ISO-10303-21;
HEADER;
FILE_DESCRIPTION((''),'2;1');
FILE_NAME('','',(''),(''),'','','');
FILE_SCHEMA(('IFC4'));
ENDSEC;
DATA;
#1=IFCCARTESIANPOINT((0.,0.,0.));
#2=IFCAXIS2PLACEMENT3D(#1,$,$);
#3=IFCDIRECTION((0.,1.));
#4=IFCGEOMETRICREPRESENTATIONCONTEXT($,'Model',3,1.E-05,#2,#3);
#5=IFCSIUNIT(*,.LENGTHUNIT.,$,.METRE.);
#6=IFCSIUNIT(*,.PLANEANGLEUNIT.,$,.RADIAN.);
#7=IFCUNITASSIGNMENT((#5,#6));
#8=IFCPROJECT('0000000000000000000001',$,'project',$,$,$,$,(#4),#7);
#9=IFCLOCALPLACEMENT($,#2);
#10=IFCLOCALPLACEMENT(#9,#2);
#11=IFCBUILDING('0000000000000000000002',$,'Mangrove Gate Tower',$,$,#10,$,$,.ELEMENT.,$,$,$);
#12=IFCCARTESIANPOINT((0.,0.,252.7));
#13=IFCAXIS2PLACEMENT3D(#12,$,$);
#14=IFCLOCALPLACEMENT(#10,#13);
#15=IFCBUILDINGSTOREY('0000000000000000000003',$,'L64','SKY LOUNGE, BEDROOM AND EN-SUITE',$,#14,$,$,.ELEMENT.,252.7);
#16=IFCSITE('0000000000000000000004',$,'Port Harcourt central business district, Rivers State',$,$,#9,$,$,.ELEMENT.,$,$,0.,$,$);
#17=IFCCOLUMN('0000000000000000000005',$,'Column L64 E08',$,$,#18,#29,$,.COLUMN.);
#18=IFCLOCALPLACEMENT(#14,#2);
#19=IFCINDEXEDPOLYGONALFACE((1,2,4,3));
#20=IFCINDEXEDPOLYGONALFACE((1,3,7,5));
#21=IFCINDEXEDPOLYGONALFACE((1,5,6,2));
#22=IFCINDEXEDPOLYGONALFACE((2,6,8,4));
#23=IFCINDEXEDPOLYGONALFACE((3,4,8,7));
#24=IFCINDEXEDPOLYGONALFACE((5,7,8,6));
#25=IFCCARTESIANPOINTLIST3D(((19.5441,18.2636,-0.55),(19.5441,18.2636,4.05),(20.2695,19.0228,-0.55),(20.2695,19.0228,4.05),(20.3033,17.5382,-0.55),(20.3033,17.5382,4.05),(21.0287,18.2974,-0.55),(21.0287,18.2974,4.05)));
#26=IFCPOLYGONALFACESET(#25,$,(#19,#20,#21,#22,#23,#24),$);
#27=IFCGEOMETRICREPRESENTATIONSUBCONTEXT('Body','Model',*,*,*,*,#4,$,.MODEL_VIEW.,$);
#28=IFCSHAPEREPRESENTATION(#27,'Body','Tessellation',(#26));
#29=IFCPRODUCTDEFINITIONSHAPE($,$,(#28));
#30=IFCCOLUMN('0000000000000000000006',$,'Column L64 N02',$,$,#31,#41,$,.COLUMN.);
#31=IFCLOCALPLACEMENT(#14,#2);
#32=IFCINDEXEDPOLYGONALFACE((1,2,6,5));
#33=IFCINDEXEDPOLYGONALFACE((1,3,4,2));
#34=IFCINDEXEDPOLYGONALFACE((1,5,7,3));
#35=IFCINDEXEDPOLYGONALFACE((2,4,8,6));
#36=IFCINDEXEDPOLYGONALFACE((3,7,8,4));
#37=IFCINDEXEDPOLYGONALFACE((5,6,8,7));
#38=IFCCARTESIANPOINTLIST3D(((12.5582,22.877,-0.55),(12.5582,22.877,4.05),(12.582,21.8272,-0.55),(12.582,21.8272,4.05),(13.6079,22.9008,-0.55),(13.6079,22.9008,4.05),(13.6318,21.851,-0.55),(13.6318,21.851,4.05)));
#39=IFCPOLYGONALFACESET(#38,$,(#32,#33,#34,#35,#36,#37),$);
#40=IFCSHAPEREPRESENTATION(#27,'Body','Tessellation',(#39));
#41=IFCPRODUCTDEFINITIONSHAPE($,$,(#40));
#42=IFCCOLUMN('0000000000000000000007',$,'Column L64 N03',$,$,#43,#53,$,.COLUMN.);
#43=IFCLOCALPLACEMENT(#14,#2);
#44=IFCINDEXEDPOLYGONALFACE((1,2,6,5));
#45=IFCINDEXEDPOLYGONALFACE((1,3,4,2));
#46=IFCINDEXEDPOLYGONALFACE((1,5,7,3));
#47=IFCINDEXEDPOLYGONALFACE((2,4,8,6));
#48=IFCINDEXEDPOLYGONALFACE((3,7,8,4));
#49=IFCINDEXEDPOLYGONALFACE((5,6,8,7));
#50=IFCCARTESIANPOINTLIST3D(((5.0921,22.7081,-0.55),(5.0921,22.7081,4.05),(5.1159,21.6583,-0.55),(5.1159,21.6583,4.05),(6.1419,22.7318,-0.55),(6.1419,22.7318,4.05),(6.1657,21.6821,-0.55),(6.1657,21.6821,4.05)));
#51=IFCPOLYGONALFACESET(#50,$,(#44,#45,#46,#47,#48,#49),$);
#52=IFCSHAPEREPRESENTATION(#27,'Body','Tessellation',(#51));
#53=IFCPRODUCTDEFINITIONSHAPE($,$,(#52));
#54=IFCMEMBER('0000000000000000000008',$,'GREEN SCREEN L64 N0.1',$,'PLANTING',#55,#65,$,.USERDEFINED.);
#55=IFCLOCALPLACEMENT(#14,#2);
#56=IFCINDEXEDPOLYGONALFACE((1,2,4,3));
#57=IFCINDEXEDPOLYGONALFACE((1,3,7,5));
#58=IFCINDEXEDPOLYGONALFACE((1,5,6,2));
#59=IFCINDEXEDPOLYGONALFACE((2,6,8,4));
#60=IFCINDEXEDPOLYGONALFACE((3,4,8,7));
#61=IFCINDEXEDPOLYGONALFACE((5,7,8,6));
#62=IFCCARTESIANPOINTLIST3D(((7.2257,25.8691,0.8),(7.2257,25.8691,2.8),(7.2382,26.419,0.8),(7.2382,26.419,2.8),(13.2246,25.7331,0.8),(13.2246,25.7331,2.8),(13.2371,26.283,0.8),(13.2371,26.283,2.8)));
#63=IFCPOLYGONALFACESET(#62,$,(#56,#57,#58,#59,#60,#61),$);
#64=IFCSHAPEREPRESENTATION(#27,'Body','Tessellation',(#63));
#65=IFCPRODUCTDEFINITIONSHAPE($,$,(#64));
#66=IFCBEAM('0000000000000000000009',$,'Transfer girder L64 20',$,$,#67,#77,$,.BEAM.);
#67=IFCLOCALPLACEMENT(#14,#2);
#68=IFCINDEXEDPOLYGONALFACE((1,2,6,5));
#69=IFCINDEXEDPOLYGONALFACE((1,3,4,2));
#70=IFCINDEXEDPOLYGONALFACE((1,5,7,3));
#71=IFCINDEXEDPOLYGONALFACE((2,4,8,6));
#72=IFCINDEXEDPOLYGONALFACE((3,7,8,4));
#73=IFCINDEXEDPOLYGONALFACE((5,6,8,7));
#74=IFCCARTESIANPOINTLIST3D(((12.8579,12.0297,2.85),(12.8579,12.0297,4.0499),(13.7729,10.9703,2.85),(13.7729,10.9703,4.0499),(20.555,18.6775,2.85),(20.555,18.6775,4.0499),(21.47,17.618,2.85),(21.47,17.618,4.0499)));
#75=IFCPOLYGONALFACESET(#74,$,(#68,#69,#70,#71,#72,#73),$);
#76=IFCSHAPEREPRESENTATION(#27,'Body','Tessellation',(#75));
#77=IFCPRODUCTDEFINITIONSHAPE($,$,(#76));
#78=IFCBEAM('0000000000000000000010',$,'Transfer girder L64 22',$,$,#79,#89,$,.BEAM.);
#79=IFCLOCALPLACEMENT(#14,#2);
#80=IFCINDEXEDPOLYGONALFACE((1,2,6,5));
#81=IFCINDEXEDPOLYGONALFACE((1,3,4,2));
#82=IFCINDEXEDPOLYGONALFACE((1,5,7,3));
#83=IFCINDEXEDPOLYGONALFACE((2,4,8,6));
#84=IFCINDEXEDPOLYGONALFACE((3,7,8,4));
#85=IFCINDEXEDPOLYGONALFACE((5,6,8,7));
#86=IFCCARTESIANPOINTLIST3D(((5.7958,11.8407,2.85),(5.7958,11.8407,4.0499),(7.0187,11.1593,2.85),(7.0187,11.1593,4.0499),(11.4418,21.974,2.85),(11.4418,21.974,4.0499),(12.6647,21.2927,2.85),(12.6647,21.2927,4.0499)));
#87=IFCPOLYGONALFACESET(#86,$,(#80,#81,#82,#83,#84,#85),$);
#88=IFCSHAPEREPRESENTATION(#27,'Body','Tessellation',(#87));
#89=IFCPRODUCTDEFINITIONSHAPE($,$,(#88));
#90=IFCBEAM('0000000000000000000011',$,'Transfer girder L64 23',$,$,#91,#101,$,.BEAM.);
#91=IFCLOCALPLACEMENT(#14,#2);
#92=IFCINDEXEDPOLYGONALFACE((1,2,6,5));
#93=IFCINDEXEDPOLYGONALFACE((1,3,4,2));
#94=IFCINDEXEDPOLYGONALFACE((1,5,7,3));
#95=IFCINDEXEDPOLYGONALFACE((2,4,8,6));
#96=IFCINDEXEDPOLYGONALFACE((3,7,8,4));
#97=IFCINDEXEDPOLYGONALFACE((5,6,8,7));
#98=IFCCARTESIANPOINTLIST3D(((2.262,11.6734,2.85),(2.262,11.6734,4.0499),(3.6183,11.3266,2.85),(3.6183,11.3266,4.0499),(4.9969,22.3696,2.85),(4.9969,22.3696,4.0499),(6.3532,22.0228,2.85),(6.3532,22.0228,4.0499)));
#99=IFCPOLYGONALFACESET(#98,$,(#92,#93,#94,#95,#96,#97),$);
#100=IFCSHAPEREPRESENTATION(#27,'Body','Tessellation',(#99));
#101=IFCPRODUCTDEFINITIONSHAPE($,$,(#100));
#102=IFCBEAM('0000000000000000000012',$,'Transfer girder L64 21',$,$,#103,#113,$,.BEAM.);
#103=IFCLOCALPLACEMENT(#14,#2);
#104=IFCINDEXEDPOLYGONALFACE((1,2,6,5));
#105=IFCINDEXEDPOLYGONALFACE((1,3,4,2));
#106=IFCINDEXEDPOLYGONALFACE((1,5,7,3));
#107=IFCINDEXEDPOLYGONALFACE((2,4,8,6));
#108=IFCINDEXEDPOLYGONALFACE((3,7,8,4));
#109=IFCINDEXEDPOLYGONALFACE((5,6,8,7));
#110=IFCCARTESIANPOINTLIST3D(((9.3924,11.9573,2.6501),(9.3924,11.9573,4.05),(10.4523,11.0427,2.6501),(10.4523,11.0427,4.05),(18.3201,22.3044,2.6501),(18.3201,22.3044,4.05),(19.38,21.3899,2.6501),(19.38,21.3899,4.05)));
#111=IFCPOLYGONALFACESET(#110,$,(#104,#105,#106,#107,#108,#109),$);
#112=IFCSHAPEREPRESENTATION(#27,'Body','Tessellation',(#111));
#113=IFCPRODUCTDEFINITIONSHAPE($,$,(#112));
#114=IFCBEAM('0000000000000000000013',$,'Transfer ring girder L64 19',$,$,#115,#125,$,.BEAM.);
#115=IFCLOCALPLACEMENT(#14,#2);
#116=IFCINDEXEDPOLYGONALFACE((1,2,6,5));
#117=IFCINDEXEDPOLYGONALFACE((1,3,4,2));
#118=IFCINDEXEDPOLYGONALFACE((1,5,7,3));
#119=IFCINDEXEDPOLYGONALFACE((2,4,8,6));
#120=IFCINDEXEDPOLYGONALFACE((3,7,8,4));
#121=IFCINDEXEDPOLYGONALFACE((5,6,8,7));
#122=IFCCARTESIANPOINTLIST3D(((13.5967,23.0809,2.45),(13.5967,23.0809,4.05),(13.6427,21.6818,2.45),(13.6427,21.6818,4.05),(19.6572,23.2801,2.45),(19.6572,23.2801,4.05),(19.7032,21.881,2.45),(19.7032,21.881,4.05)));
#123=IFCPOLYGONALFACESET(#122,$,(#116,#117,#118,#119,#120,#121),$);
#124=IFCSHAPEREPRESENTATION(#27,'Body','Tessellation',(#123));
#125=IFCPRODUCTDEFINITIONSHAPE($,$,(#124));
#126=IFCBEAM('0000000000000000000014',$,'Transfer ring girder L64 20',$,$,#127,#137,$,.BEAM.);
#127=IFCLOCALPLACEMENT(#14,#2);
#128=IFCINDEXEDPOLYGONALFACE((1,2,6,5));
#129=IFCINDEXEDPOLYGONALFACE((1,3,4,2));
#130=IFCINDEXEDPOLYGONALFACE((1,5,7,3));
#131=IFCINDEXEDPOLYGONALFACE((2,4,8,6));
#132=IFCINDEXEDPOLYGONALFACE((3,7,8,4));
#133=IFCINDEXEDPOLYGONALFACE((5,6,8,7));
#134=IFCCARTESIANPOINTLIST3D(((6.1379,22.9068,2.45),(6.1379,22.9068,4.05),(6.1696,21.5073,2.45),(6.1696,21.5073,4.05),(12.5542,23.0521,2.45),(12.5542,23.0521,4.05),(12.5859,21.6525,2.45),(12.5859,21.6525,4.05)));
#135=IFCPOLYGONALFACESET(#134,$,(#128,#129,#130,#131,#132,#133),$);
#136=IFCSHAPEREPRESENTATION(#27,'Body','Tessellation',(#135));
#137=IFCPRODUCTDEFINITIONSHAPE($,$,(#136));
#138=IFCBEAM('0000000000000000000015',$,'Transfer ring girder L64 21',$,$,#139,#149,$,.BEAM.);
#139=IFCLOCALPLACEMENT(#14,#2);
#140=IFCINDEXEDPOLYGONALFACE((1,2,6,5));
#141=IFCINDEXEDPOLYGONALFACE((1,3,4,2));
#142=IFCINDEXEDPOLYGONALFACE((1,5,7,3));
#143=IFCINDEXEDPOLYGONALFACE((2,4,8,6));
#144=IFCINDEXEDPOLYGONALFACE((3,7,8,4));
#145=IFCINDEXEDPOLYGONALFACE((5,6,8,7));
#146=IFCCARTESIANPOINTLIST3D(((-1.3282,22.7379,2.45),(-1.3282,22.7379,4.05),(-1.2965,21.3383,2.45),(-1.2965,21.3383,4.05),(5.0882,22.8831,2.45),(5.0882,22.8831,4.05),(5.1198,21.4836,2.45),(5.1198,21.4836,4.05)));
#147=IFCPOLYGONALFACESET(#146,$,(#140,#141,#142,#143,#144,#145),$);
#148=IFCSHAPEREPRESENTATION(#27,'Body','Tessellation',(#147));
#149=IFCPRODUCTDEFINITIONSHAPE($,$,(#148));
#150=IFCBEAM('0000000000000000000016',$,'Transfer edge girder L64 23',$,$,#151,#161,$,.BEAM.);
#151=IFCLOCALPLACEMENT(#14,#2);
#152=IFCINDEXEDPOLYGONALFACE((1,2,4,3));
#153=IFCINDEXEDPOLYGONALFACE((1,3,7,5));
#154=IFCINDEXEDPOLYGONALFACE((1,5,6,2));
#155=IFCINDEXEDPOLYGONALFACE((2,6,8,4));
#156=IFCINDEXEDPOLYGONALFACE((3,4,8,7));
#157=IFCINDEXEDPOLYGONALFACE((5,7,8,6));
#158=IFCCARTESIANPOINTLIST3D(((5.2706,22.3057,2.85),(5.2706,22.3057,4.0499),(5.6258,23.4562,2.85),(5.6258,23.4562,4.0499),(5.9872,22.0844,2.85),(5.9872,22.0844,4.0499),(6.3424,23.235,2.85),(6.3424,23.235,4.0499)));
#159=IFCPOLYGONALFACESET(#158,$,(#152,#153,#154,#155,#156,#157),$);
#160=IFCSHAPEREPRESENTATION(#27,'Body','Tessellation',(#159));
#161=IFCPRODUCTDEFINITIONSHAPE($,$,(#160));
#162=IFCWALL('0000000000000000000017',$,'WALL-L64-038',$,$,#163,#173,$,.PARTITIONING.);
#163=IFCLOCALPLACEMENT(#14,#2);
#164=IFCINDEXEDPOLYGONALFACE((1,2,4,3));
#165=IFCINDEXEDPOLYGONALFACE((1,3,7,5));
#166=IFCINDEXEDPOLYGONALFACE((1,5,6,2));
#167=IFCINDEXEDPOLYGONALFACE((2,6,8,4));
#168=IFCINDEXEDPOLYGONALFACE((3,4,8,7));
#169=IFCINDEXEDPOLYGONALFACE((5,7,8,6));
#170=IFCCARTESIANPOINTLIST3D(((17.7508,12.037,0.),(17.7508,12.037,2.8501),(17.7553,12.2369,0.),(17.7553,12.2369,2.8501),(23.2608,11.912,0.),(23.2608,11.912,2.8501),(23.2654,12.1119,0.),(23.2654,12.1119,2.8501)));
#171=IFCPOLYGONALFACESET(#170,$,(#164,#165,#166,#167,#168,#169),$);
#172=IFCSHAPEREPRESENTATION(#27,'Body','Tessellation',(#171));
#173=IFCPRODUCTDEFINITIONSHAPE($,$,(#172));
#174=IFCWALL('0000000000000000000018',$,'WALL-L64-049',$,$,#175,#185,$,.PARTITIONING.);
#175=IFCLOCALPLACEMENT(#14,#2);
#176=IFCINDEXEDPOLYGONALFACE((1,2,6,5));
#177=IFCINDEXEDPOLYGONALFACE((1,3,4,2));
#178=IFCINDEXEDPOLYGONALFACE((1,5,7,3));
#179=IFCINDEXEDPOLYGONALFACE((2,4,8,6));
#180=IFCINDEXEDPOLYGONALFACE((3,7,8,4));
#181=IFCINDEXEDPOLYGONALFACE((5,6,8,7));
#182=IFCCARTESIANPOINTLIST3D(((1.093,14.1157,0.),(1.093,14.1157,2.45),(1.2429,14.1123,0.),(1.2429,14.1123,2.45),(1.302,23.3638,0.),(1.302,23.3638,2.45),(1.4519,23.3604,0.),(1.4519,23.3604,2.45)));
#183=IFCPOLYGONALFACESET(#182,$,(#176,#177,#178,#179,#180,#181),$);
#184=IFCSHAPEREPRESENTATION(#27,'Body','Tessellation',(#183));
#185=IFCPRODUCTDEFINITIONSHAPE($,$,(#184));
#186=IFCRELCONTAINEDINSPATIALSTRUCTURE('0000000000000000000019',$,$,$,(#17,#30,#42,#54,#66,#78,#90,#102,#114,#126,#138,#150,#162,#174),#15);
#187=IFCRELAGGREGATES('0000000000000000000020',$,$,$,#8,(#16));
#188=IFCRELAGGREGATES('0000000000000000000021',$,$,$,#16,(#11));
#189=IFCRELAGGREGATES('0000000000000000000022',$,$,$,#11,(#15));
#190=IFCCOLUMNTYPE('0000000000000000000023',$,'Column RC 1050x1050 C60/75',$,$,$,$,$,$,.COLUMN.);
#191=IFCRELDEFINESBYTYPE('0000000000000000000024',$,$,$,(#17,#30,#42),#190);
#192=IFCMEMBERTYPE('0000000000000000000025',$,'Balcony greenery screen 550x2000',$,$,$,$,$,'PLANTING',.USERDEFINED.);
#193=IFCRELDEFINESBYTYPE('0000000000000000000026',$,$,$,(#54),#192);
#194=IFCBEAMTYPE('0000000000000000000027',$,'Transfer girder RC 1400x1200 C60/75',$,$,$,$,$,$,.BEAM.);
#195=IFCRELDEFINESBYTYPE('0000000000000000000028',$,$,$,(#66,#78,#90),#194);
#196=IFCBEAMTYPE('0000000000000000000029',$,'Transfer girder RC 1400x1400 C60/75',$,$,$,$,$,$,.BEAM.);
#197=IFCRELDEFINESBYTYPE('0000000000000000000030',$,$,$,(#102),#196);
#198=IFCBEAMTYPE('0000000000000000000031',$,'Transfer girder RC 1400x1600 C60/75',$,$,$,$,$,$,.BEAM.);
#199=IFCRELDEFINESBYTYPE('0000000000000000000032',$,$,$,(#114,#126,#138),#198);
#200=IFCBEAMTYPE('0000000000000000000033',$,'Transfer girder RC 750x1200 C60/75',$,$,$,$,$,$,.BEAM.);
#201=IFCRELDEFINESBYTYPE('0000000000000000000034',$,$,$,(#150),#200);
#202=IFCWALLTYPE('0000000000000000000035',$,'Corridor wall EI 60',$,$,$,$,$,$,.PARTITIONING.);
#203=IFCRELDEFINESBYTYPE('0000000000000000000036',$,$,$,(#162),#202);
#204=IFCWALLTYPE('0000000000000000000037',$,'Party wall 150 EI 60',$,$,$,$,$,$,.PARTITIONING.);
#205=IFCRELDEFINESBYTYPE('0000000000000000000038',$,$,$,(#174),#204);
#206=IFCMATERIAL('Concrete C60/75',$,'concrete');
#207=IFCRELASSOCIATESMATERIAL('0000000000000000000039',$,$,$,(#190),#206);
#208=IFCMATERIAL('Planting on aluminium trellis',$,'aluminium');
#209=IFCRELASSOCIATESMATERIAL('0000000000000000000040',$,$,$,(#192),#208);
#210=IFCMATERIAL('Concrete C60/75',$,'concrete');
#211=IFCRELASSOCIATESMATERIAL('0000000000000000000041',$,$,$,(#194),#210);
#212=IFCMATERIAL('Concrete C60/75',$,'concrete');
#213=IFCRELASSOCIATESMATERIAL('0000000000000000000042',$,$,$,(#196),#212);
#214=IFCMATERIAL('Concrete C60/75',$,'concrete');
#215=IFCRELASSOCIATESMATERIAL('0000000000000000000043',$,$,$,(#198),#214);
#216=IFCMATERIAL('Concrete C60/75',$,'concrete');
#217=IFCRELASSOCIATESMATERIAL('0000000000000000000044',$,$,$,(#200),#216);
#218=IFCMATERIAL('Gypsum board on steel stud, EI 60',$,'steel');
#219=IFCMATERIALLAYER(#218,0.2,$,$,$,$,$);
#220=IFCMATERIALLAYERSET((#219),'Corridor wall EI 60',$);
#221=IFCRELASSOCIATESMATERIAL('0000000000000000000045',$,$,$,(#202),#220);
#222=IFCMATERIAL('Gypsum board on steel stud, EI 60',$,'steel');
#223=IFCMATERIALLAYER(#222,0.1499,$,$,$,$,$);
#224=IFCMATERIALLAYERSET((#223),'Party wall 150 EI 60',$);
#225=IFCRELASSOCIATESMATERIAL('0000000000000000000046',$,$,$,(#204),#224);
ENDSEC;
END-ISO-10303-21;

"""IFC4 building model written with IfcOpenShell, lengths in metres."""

from ifc_helpers import new_model, si_unit, direction, frame, frame_2d, origin, origin_2d, place, context, subcontext, project, spatial, rectangle, extrude, material, layer, layer_set, material_profile, profile_set, type_object, element, save


model = new_model("IFC4")

# Units and contexts
model_context = context("Model", 3, precision=1e-05, world=origin(), true_north=direction((0.0, 1.0)))
body_context = subcontext(model_context, "Body", "Model", "MODEL_VIEW")
ifc_project = project(units=[si_unit("LENGTHUNIT", "METRE"), si_unit("PLANEANGLEUNIT", "RADIAN")], contexts=[model_context])

# Site, building, storey
site_placement = place(None, origin())
site = spatial("IfcSite", under=ifc_project, at=site_placement, Name="Port Harcourt central business district, Rivers State", CompositionType="ELEMENT", RefElevation=0.0)
building_placement = place(site_placement, origin())
building = spatial("IfcBuilding", under=site, at=building_placement, Name="Mangrove Gate Tower", CompositionType="ELEMENT")
storey_placement = place(building_placement, frame((0.0, 0.0, 252.7)))
storey = spatial("IfcBuildingStorey", under=building, at=storey_placement, Name="L64", Description="SKY LOUNGE, BEDROOM AND EN-SUITE", CompositionType="ELEMENT", Elevation=252.7)

# Columns
ifc_material_1 = material(Name="Concrete C60/75", Category="concrete")
ifc_material_profile_1 = material_profile(ifc_material_1, rectangle(XDim=1.05, YDim=1.05, at=origin_2d()))
ifc_profile_set_1 = profile_set([ifc_material_profile_1], Name="Concrete C60/75")
column_type = type_object("IfcColumnType", Name="Column RC 1050x1050 C60/75", PredefinedType="COLUMN", material=ifc_profile_set_1)
for number, where, z_axis, x_axis, name in (
    (1, (20.2864, 18.2805, -0.55), (0.0, 0.0, 1.0), (-0.722994, 0.690854, 0.0), "Column L64 E08"),
    (2, (13.095, 22.364, -0.55), (0.0, 0.0, 1.0), (-0.999742, -0.022697, 0.0), "Column L64 N02"),
    (3, (5.6289, 22.1951, -0.55), (0.0, 0.0, 1.0), (-0.999744, -0.02263, 0.0), "Column L64 N03"),
):
    element("IfcColumn", number, at=place(storey_placement, frame(where, z_axis=z_axis, x_axis=x_axis)), inside=storey, type_object=column_type, Name=name, PredefinedType="COLUMN", context=body_context, shape_type="SweptSolid", body=[
        extrude(rectangle(XDim=1.05, YDim=1.05, at=origin_2d()), origin(), (0.0, 0.0, 1.0), 4.6001),
    ])

# Member
ifc_material_2 = material(Name="Planting on aluminium trellis", Category="aluminium")
ifc_material_profile_2 = material_profile(ifc_material_2, rectangle(XDim=0.55, YDim=2.0, at=origin_2d()))
ifc_profile_set_2 = profile_set([ifc_material_profile_2], Name="Planting on aluminium trellis")
member_type = type_object("IfcMemberType", Name="Balcony greenery screen 550x2000", ElementType="PLANTING", PredefinedType="USERDEFINED", material=ifc_profile_set_2)
member_placement = place(storey_placement, frame((7.2319, 26.144, 1.8), z_axis=(0.999743, -0.022662, 0.0), x_axis=(0.022662, 0.999743, 0.0)))
element("IfcMember", 4, at=member_placement, inside=storey, type_object=member_type, Name="GREEN SCREEN L64 N0.1", ObjectType="PLANTING", PredefinedType="USERDEFINED", context=body_context, shape_type="SweptSolid", body=[
    extrude(rectangle(XDim=0.55, YDim=2.0, at=origin_2d()), origin(), (0.0, 0.0, 1.0), 6.0005),
])

# Beams
ifc_material_3 = material(Name="Concrete C60/75", Category="concrete")
ifc_material_profile_3 = material_profile(ifc_material_3, rectangle(XDim=1.3999, YDim=1.2, at=origin_2d()))
ifc_profile_set_3 = profile_set([ifc_material_profile_3], Name="Concrete C60/75")
beam_type_1 = type_object("IfcBeamType", Name="Transfer girder RC 1400x1200 C60/75", PredefinedType="BEAM", material=ifc_profile_set_3)
beam_1_placement = place(storey_placement, frame((13.3154, 11.5, 3.45), z_axis=(0.75681, 0.653635, 0.0), x_axis=(-0.653635, 0.75681, 0.0)))
element("IfcBeam", 5, at=beam_1_placement, inside=storey, type_object=beam_type_1, Name="Transfer girder L64 20", PredefinedType="BEAM", context=body_context, shape_type="SweptSolid", body=[
    extrude(rectangle(XDim=1.3999, YDim=1.2, at=origin_2d()), origin(), (0.0, 0.0, 1.0), 10.1704),
])
beam_2_placement = place(storey_placement, frame((6.4072, 11.5, 3.45), z_axis=(0.486722, 0.873557, 0.0), x_axis=(-0.873557, 0.486722, 0.0)))
element("IfcBeam", 6, at=beam_2_placement, inside=storey, type_object=beam_type_1, Name="Transfer girder L64 22", PredefinedType="BEAM", context=body_context, shape_type="SweptSolid", body=[
    extrude(rectangle(XDim=1.3999, YDim=1.2, at=origin_2d()), origin(), (0.0, 0.0, 1.0), 11.6001),
])
beam_3_placement = place(storey_placement, frame((2.9402, 11.5, 3.45), z_axis=(0.247715, 0.968833, 0.0), x_axis=(-0.968833, 0.247715, 0.0)))
element("IfcBeam", 7, at=beam_3_placement, inside=storey, type_object=beam_type_1, Name="Transfer girder L64 23", PredefinedType="BEAM", context=body_context, shape_type="SweptSolid", body=[
    extrude(rectangle(XDim=1.3999, YDim=1.2, at=origin_2d()), origin(), (0.0, 0.0, 1.0), 11.0403),
])
ifc_material_4 = material(Name="Concrete C60/75", Category="concrete")
ifc_material_profile_4 = material_profile(ifc_material_4, rectangle(XDim=1.3999, YDim=1.3999, at=origin_2d()))
ifc_profile_set_4 = profile_set([ifc_material_profile_4], Name="Concrete C60/75")
beam_type_2 = type_object("IfcBeamType", Name="Transfer girder RC 1400x1400 C60/75", PredefinedType="BEAM", material=ifc_profile_set_4)
beam_4_placement = place(storey_placement, frame((9.9224, 11.5, 3.3501), z_axis=(0.653265, 0.757129, 0.0), x_axis=(-0.757129, 0.653265, 0.0)))
element("IfcBeam", 8, at=beam_4_placement, inside=storey, type_object=beam_type_2, Name="Transfer girder L64 21", PredefinedType="BEAM", context=body_context, shape_type="SweptSolid", body=[
    extrude(rectangle(XDim=1.3999, YDim=1.3999, at=origin_2d()), origin(), (0.0, 0.0, 1.0), 13.6663),
])
ifc_material_5 = material(Name="Concrete C60/75", Category="concrete")
ifc_material_profile_5 = material_profile(ifc_material_5, rectangle(XDim=1.3999, YDim=1.6001, at=origin_2d()))
ifc_profile_set_5 = profile_set([ifc_material_profile_5], Name="Concrete C60/75")
beam_type_3 = type_object("IfcBeamType", Name="Transfer girder RC 1400x1600 C60/75", PredefinedType="BEAM", material=ifc_profile_set_5)
beam_5_placement = place(storey_placement, frame((19.6802, 22.5806, 3.25), z_axis=(-0.99946, -0.032854, 0.0), x_axis=(0.032854, -0.99946, 0.0)))
element("IfcBeam", 9, at=beam_5_placement, inside=storey, type_object=beam_type_3, Name="Transfer ring girder L64 19", PredefinedType="BEAM", context=body_context, shape_type="SweptSolid", body=[
    extrude(rectangle(XDim=1.3999, YDim=1.6001, at=origin_2d()), origin(), (0.0, 0.0, 1.0), 6.0637),
])
for number, where, z_axis, x_axis, name in (
    (10, (12.5701, 22.3523, 3.25), (-0.999744, -0.022634, 0.0), (0.022634, -0.999744, 0.0), "Transfer ring girder L64 20"),
    (11, (5.104, 22.1833, 3.25), (-0.999744, -0.022634, 0.0), (0.022634, -0.999744, 0.0), "Transfer ring girder L64 21"),
):
    element("IfcBeam", number, at=place(storey_placement, frame(where, z_axis=z_axis, x_axis=x_axis)), inside=storey, type_object=beam_type_3, Name=name, PredefinedType="BEAM", context=body_context, shape_type="SweptSolid", body=[
        extrude(rectangle(XDim=1.3999, YDim=1.6001, at=origin_2d()), origin(), (0.0, 0.0, 1.0), 6.418),
    ])
ifc_material_6 = material(Name="Concrete C60/75", Category="concrete")
ifc_material_profile_6 = material_profile(ifc_material_6, rectangle(XDim=0.75, YDim=1.2, at=origin_2d()))
ifc_profile_set_6 = profile_set([ifc_material_profile_6], Name="Concrete C60/75")
beam_type_4 = type_object("IfcBeamType", Name="Transfer girder RC 750x1200 C60/75", PredefinedType="BEAM", material=ifc_profile_set_6)
beam_6_placement = place(storey_placement, frame((5.6289, 22.1951, 3.45), z_axis=(0.294983, 0.955502, 0.0), x_axis=(-0.955502, 0.294983, 0.0)))
element("IfcBeam", 12, at=beam_6_placement, inside=storey, type_object=beam_type_4, Name="Transfer edge girder L64 23", PredefinedType="BEAM", context=body_context, shape_type="SweptSolid", body=[
    extrude(rectangle(XDim=0.75, YDim=1.2, at=origin_2d()), origin(), (0.0, 0.0, 1.0), 1.2041),
])

# Walls
ifc_material_7 = material(Name="Gypsum board on steel stud, EI 60", Category="steel")
ifc_layer_1 = layer(ifc_material_7, 0.2)
ifc_layer_set_1 = layer_set([ifc_layer_1], Name="Corridor wall EI 60")
wall_type_1 = type_object("IfcWallType", Name="Corridor wall EI 60", PredefinedType="PARTITIONING", material=ifc_layer_set_1)
wall_1_placement = place(storey_placement, frame((17.7529, 12.137, 0.0), z_axis=(0.0, 0.0, 1.0), x_axis=(0.999743, -0.02268, 0.0)))
element("IfcWall", 13, at=wall_1_placement, inside=storey, type_object=wall_type_1, Name="WALL-L64-038", PredefinedType="PARTITIONING", context=body_context, shape_type="SweptSolid", body=[
    extrude(rectangle(XDim=5.5115, YDim=0.2, at=frame_2d((2.7559, 0.0))), origin(), (0.0, 0.0, 1.0), 2.8501),
])
ifc_material_8 = material(Name="Gypsum board on steel stud, EI 60", Category="steel")
ifc_layer_2 = layer(ifc_material_8, 0.1499)
ifc_layer_set_2 = layer_set([ifc_layer_2], Name="Party wall 150 EI 60")
wall_type_2 = type_object("IfcWallType", Name="Party wall 150 EI 60", PredefinedType="PARTITIONING", material=ifc_layer_set_2)
wall_2_placement = place(storey_placement, frame((1.168, 14.114, 0.0), z_axis=(0.0, 0.0, 1.0), x_axis=(0.022592, 0.999745, 0.0)))
element("IfcWall", 14, at=wall_2_placement, inside=storey, type_object=wall_type_2, Name="WALL-L64-049", PredefinedType="PARTITIONING", context=body_context, shape_type="SweptSolid", body=[
    extrude(rectangle(XDim=9.2505, YDim=0.1499, at=frame_2d((4.6252, 0.0))), origin(), (0.0, 0.0, 1.0), 2.45),
])

save(model, "model.ifc")
